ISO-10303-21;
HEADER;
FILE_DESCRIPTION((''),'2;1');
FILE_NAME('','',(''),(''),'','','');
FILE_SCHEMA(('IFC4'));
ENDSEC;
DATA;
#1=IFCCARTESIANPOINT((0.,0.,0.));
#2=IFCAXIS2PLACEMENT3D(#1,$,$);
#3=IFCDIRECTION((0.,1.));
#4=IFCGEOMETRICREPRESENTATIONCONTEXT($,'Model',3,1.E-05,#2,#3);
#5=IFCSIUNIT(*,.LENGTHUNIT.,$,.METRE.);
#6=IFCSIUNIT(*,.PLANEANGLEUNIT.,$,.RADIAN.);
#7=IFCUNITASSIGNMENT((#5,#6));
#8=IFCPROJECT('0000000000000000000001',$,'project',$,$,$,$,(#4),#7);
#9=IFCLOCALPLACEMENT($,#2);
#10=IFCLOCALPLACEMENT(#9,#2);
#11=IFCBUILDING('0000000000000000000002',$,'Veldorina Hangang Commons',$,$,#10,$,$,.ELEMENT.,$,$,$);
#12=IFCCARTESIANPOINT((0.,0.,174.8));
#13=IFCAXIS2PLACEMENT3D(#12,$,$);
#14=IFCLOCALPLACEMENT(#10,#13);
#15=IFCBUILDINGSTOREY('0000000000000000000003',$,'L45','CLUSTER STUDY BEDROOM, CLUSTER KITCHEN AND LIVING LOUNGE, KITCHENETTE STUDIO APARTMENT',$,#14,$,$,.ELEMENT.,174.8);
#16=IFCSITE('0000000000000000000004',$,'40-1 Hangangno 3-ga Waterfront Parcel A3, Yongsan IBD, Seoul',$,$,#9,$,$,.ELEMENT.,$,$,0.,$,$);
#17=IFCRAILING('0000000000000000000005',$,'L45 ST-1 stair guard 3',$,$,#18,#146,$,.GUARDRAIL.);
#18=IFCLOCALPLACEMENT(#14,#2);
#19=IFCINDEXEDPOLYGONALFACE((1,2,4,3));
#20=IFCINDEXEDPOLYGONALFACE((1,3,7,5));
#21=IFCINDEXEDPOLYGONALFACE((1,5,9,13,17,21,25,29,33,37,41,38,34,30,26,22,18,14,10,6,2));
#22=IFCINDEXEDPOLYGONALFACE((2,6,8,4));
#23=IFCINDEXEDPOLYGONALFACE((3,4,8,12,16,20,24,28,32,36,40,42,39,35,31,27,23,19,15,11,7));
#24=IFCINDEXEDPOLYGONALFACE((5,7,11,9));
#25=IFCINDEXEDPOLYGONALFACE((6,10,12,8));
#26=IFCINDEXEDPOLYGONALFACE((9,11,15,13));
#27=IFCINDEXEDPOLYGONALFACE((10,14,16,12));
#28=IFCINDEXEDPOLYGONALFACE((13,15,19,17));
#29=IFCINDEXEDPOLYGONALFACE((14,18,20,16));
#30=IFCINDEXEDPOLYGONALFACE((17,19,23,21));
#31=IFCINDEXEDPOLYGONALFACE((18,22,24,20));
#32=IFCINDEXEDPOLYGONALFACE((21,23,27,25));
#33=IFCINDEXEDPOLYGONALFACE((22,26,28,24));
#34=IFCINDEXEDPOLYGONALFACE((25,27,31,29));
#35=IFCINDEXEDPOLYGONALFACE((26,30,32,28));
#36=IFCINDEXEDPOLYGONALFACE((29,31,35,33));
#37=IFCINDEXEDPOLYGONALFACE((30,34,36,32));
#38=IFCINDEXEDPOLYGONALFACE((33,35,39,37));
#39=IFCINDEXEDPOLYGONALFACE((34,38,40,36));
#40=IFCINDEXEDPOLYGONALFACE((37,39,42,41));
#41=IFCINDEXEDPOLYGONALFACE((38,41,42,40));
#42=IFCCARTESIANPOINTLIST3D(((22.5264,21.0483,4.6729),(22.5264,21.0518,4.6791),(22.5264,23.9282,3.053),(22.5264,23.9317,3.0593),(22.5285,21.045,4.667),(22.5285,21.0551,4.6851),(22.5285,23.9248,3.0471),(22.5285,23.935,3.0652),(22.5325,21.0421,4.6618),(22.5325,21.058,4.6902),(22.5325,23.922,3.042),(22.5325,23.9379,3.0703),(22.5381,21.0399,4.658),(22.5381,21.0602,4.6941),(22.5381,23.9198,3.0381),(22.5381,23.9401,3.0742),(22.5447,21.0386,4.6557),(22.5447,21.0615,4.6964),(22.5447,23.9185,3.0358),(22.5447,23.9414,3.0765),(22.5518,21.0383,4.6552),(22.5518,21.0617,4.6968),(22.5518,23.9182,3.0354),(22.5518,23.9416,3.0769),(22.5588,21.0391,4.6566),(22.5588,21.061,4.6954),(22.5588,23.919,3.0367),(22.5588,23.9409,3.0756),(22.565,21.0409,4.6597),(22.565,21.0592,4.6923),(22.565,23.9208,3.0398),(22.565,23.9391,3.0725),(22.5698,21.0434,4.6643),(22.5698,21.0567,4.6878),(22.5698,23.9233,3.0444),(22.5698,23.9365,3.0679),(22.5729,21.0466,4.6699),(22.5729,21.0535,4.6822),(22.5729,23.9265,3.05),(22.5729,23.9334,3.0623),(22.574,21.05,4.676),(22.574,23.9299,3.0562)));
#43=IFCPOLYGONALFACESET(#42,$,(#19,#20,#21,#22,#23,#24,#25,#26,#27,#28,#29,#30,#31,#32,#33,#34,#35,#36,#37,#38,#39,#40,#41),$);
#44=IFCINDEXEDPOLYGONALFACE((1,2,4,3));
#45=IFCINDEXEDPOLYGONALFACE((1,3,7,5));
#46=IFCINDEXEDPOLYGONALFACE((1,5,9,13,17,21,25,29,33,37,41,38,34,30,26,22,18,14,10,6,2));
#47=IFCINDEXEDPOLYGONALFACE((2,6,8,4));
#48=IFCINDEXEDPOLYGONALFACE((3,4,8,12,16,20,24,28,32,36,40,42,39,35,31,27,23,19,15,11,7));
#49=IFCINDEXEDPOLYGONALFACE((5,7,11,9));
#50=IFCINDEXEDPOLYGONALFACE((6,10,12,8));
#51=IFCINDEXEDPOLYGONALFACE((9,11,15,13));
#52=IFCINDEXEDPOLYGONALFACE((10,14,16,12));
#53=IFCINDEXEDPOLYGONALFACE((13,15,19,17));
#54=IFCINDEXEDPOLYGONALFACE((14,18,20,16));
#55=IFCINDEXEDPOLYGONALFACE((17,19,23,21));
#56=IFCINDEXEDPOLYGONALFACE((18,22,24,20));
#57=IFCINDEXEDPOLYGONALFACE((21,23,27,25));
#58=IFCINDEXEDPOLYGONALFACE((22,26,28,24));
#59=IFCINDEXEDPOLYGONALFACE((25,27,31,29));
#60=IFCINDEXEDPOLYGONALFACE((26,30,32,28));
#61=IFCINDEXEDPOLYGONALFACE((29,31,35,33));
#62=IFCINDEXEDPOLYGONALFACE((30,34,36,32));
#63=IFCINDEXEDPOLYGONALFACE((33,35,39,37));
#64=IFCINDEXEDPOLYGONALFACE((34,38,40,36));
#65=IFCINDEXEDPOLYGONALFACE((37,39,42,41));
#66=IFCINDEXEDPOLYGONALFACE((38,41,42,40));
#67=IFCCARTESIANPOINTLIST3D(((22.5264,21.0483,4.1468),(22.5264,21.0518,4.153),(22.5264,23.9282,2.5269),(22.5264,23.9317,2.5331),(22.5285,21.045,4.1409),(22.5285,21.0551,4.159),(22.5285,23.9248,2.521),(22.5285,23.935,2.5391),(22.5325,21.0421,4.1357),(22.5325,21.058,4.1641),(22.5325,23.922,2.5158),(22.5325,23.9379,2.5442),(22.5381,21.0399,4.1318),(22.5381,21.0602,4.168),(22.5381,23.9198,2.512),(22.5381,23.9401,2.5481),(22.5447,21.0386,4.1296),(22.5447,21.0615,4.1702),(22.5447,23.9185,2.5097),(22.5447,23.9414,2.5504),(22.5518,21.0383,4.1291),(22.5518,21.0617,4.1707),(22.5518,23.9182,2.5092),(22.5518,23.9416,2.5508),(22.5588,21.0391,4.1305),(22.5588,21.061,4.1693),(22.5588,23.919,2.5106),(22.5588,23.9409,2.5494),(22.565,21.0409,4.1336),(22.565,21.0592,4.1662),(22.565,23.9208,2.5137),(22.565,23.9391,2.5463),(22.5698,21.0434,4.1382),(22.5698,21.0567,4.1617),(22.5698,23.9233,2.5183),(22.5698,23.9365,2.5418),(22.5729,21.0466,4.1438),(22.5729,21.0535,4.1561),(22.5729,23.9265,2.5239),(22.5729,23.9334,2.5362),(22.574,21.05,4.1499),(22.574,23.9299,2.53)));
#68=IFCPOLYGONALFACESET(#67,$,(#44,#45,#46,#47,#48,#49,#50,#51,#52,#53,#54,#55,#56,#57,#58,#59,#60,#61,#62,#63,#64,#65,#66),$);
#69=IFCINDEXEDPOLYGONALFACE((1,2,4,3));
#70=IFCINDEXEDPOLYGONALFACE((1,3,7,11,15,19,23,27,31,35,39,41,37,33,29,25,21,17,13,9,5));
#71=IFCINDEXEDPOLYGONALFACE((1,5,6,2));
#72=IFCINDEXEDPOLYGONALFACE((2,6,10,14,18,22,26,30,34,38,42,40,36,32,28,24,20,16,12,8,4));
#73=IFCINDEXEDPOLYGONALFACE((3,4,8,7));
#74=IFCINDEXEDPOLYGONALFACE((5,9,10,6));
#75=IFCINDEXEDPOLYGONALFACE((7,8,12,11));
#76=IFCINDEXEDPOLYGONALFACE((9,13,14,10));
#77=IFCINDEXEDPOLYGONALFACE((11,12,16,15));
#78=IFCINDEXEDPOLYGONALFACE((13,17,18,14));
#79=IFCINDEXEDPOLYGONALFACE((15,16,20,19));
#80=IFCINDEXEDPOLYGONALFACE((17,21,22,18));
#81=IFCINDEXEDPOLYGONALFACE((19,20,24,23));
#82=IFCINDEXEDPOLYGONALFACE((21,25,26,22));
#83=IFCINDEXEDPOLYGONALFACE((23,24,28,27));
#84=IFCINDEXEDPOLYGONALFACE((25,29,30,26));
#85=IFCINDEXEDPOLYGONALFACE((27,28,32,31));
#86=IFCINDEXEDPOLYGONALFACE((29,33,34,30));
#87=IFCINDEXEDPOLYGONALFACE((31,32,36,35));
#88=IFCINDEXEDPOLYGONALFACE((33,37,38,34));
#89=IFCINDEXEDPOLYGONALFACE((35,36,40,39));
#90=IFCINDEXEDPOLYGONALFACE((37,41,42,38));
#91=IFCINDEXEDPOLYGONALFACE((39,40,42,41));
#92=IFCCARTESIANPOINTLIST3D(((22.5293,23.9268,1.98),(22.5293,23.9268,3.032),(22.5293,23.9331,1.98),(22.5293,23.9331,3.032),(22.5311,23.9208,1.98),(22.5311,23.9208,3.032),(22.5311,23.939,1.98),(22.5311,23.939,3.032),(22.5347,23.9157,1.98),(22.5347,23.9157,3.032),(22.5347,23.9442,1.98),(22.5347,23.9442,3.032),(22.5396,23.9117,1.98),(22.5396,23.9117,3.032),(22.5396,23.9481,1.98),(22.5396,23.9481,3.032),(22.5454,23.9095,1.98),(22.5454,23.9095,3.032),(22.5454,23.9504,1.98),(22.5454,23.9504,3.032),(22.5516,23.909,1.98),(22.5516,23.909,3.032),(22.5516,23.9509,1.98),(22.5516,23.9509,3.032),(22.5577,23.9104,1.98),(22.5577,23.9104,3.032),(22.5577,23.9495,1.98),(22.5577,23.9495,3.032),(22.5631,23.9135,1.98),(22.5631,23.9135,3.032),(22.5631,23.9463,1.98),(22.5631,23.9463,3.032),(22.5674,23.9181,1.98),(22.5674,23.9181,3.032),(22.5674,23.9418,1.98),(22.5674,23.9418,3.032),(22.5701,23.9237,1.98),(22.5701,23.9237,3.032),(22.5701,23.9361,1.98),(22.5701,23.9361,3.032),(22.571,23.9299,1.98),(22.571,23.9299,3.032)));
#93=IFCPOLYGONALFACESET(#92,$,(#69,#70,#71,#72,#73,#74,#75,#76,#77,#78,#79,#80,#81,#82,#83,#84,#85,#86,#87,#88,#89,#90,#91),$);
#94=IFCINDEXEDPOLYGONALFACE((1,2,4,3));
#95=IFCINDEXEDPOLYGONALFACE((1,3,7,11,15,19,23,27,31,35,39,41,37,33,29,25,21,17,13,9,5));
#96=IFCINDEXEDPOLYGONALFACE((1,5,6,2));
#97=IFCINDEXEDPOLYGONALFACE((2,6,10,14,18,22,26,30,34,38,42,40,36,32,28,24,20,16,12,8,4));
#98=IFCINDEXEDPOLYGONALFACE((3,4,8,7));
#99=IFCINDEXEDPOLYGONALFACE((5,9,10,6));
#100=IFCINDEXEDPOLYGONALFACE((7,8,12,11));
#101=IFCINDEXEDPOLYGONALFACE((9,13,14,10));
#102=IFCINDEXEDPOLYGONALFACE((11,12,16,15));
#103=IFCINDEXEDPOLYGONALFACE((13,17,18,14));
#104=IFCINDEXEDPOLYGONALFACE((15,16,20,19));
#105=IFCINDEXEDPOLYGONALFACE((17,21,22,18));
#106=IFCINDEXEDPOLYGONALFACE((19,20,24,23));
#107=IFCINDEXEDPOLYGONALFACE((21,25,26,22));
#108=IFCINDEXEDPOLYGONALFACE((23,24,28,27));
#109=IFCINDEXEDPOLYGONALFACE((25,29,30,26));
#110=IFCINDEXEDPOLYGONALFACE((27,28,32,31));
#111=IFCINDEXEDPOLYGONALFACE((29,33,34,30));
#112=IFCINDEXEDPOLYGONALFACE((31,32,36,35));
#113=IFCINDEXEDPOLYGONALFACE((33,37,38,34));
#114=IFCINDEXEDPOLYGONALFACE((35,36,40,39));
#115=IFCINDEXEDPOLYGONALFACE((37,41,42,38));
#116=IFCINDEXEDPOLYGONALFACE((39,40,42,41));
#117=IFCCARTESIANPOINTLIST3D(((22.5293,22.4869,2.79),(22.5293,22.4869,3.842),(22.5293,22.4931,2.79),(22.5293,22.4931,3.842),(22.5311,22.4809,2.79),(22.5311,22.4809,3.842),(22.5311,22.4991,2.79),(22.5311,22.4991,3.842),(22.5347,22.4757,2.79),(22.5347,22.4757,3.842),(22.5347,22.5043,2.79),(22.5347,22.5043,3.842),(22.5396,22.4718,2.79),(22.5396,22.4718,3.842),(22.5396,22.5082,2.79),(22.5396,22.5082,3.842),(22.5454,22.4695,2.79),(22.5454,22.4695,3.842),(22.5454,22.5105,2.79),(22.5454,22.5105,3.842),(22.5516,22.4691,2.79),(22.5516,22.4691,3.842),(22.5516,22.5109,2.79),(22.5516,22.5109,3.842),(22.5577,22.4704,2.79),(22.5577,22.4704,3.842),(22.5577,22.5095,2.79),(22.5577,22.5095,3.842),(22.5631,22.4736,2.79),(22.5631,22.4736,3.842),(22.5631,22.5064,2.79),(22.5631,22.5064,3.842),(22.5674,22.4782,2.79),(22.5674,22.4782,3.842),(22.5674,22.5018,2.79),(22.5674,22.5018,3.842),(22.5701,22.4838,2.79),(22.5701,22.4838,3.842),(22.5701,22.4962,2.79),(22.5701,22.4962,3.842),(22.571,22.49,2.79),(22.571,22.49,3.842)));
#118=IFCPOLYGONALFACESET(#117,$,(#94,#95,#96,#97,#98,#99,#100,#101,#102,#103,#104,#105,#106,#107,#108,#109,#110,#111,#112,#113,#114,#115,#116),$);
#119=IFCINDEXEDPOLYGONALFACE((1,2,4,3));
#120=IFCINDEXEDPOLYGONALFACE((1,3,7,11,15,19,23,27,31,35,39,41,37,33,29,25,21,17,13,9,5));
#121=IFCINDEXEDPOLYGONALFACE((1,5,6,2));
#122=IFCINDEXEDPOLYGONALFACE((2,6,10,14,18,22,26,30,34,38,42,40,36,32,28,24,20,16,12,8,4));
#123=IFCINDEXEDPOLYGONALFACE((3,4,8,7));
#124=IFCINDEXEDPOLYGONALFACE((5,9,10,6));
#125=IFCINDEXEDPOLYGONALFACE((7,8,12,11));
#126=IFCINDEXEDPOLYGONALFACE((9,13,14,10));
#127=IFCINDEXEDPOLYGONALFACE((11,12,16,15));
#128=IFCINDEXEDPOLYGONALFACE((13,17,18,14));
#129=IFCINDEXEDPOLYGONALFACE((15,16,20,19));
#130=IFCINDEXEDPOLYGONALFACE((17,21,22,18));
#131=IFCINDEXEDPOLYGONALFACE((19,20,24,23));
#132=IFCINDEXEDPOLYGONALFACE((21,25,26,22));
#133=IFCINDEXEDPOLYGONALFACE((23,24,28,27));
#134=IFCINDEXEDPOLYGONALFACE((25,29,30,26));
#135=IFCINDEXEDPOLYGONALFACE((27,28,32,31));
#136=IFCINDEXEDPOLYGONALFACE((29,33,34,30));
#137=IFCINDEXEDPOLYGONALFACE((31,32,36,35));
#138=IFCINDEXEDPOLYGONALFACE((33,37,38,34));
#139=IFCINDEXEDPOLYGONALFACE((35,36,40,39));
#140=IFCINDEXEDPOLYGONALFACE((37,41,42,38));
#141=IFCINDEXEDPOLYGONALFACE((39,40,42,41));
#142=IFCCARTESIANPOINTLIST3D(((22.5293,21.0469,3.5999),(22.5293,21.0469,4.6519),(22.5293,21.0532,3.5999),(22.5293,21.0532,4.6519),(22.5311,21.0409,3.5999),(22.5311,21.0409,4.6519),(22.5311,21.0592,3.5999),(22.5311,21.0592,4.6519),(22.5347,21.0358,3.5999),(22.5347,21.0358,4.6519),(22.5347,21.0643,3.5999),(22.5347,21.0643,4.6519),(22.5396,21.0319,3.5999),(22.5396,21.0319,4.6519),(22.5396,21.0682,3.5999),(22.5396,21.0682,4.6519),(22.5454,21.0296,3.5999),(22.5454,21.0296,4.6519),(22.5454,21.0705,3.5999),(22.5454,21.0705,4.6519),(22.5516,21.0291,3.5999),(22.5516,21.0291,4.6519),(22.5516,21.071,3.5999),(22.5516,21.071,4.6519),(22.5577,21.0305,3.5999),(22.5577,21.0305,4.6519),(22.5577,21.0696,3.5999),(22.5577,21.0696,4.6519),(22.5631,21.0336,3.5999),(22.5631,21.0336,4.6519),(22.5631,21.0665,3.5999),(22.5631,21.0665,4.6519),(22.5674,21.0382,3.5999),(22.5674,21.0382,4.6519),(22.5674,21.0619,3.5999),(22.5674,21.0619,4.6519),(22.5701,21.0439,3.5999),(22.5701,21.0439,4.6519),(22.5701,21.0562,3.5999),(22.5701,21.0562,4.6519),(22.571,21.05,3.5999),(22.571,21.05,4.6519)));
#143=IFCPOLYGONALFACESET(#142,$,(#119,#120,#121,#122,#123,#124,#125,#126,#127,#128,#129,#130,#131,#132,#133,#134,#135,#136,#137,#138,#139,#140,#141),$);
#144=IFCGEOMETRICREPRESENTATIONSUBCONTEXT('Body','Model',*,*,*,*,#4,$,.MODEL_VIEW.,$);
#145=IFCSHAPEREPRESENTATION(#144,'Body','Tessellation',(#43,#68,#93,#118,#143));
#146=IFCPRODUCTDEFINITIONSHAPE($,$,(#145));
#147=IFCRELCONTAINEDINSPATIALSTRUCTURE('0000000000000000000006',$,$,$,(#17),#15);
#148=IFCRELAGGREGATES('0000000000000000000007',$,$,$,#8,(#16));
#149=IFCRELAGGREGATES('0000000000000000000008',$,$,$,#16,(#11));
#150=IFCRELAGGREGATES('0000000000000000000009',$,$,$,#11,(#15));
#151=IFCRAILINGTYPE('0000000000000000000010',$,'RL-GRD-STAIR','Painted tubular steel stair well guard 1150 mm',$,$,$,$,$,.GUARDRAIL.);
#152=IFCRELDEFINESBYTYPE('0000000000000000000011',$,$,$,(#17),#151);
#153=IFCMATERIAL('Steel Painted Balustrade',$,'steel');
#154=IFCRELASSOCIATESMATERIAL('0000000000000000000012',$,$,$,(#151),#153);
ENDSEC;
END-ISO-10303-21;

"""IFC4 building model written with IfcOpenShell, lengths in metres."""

from ifc_helpers import new_model, si_unit, direction, frame, origin, origin_2d, place, context, subcontext, project, spatial, circle, extrude, material, type_object, element, save


model = new_model("IFC4")

# Units and contexts
model_context = context("Model", 3, precision=1e-05, world=origin(), true_north=direction((0.0, 1.0)))
body_context = subcontext(model_context, "Body", "Model", "MODEL_VIEW")
ifc_project = project(units=[si_unit("LENGTHUNIT", "METRE"), si_unit("PLANEANGLEUNIT", "RADIAN")], contexts=[model_context])

# Site, building, storey
site_placement = place(None, origin())
site = spatial("IfcSite", under=ifc_project, at=site_placement, Name="40-1 Hangangno 3-ga Waterfront Parcel A3, Yongsan IBD, Seoul", CompositionType="ELEMENT", RefElevation=0.0)
building_placement = place(site_placement, origin())
building = spatial("IfcBuilding", under=site, at=building_placement, Name="Veldorina Hangang Commons", CompositionType="ELEMENT")
storey_placement = place(building_placement, frame((0.0, 0.0, 174.8)))
storey = spatial("IfcBuildingStorey", under=building, at=storey_placement, Name="L45", Description="CLUSTER STUDY BEDROOM, CLUSTER KITCHEN AND LIVING LOUNGE, KITCHENETTE STUDIO APARTMENT", CompositionType="ELEMENT", Elevation=174.8)

# Railing
ifc_material_1 = material(Name="Steel Painted Balustrade", Category="steel")
railing_type_1 = type_object("IfcRailingType", Name="RL-GRD-STAIR", Description="Painted tubular steel stair well guard 1150 mm", PredefinedType="GUARDRAIL", material=ifc_material_1)
railing_1_placement = place(storey_placement, frame((22.55, 23.9299, 1.98)))
element("IfcRailing", 1, at=railing_1_placement, inside=storey, type_object=railing_type_1, Name="L45 ST-1 stair guard 3", PredefinedType="GUARDRAIL", context=body_context, shape_type="SweptSolid", body=[
    extrude(circle(Radius=0.0239, at=origin_2d()), frame((0.0, 0.0, 1.0762), z_axis=(0.0, -0.871583, 0.490247), x_axis=(1.0, 0.0, 0.0)), (0.0, 0.0, 1.0), 3.3042),
    extrude(circle(Radius=0.0239, at=origin_2d()), frame((0.0, 0.0, 0.55), z_axis=(0.0, -0.871583, 0.490247), x_axis=(1.0, 0.0, 0.0)), (0.0, 0.0, 1.0), 3.3042),
    extrude(circle(Radius=0.021, at=origin_2d()), origin(), (0.0, 0.0, 1.0), 1.052),
    extrude(circle(Radius=0.021, at=origin_2d()), frame((0.0, -1.4399, 0.8101)), (0.0, 0.0, 1.0), 1.052),
    extrude(circle(Radius=0.021, at=origin_2d()), frame((0.0, -2.8799, 1.6199)), (0.0, 0.0, 1.0), 1.052),
])

save(model, "model.ifc")
